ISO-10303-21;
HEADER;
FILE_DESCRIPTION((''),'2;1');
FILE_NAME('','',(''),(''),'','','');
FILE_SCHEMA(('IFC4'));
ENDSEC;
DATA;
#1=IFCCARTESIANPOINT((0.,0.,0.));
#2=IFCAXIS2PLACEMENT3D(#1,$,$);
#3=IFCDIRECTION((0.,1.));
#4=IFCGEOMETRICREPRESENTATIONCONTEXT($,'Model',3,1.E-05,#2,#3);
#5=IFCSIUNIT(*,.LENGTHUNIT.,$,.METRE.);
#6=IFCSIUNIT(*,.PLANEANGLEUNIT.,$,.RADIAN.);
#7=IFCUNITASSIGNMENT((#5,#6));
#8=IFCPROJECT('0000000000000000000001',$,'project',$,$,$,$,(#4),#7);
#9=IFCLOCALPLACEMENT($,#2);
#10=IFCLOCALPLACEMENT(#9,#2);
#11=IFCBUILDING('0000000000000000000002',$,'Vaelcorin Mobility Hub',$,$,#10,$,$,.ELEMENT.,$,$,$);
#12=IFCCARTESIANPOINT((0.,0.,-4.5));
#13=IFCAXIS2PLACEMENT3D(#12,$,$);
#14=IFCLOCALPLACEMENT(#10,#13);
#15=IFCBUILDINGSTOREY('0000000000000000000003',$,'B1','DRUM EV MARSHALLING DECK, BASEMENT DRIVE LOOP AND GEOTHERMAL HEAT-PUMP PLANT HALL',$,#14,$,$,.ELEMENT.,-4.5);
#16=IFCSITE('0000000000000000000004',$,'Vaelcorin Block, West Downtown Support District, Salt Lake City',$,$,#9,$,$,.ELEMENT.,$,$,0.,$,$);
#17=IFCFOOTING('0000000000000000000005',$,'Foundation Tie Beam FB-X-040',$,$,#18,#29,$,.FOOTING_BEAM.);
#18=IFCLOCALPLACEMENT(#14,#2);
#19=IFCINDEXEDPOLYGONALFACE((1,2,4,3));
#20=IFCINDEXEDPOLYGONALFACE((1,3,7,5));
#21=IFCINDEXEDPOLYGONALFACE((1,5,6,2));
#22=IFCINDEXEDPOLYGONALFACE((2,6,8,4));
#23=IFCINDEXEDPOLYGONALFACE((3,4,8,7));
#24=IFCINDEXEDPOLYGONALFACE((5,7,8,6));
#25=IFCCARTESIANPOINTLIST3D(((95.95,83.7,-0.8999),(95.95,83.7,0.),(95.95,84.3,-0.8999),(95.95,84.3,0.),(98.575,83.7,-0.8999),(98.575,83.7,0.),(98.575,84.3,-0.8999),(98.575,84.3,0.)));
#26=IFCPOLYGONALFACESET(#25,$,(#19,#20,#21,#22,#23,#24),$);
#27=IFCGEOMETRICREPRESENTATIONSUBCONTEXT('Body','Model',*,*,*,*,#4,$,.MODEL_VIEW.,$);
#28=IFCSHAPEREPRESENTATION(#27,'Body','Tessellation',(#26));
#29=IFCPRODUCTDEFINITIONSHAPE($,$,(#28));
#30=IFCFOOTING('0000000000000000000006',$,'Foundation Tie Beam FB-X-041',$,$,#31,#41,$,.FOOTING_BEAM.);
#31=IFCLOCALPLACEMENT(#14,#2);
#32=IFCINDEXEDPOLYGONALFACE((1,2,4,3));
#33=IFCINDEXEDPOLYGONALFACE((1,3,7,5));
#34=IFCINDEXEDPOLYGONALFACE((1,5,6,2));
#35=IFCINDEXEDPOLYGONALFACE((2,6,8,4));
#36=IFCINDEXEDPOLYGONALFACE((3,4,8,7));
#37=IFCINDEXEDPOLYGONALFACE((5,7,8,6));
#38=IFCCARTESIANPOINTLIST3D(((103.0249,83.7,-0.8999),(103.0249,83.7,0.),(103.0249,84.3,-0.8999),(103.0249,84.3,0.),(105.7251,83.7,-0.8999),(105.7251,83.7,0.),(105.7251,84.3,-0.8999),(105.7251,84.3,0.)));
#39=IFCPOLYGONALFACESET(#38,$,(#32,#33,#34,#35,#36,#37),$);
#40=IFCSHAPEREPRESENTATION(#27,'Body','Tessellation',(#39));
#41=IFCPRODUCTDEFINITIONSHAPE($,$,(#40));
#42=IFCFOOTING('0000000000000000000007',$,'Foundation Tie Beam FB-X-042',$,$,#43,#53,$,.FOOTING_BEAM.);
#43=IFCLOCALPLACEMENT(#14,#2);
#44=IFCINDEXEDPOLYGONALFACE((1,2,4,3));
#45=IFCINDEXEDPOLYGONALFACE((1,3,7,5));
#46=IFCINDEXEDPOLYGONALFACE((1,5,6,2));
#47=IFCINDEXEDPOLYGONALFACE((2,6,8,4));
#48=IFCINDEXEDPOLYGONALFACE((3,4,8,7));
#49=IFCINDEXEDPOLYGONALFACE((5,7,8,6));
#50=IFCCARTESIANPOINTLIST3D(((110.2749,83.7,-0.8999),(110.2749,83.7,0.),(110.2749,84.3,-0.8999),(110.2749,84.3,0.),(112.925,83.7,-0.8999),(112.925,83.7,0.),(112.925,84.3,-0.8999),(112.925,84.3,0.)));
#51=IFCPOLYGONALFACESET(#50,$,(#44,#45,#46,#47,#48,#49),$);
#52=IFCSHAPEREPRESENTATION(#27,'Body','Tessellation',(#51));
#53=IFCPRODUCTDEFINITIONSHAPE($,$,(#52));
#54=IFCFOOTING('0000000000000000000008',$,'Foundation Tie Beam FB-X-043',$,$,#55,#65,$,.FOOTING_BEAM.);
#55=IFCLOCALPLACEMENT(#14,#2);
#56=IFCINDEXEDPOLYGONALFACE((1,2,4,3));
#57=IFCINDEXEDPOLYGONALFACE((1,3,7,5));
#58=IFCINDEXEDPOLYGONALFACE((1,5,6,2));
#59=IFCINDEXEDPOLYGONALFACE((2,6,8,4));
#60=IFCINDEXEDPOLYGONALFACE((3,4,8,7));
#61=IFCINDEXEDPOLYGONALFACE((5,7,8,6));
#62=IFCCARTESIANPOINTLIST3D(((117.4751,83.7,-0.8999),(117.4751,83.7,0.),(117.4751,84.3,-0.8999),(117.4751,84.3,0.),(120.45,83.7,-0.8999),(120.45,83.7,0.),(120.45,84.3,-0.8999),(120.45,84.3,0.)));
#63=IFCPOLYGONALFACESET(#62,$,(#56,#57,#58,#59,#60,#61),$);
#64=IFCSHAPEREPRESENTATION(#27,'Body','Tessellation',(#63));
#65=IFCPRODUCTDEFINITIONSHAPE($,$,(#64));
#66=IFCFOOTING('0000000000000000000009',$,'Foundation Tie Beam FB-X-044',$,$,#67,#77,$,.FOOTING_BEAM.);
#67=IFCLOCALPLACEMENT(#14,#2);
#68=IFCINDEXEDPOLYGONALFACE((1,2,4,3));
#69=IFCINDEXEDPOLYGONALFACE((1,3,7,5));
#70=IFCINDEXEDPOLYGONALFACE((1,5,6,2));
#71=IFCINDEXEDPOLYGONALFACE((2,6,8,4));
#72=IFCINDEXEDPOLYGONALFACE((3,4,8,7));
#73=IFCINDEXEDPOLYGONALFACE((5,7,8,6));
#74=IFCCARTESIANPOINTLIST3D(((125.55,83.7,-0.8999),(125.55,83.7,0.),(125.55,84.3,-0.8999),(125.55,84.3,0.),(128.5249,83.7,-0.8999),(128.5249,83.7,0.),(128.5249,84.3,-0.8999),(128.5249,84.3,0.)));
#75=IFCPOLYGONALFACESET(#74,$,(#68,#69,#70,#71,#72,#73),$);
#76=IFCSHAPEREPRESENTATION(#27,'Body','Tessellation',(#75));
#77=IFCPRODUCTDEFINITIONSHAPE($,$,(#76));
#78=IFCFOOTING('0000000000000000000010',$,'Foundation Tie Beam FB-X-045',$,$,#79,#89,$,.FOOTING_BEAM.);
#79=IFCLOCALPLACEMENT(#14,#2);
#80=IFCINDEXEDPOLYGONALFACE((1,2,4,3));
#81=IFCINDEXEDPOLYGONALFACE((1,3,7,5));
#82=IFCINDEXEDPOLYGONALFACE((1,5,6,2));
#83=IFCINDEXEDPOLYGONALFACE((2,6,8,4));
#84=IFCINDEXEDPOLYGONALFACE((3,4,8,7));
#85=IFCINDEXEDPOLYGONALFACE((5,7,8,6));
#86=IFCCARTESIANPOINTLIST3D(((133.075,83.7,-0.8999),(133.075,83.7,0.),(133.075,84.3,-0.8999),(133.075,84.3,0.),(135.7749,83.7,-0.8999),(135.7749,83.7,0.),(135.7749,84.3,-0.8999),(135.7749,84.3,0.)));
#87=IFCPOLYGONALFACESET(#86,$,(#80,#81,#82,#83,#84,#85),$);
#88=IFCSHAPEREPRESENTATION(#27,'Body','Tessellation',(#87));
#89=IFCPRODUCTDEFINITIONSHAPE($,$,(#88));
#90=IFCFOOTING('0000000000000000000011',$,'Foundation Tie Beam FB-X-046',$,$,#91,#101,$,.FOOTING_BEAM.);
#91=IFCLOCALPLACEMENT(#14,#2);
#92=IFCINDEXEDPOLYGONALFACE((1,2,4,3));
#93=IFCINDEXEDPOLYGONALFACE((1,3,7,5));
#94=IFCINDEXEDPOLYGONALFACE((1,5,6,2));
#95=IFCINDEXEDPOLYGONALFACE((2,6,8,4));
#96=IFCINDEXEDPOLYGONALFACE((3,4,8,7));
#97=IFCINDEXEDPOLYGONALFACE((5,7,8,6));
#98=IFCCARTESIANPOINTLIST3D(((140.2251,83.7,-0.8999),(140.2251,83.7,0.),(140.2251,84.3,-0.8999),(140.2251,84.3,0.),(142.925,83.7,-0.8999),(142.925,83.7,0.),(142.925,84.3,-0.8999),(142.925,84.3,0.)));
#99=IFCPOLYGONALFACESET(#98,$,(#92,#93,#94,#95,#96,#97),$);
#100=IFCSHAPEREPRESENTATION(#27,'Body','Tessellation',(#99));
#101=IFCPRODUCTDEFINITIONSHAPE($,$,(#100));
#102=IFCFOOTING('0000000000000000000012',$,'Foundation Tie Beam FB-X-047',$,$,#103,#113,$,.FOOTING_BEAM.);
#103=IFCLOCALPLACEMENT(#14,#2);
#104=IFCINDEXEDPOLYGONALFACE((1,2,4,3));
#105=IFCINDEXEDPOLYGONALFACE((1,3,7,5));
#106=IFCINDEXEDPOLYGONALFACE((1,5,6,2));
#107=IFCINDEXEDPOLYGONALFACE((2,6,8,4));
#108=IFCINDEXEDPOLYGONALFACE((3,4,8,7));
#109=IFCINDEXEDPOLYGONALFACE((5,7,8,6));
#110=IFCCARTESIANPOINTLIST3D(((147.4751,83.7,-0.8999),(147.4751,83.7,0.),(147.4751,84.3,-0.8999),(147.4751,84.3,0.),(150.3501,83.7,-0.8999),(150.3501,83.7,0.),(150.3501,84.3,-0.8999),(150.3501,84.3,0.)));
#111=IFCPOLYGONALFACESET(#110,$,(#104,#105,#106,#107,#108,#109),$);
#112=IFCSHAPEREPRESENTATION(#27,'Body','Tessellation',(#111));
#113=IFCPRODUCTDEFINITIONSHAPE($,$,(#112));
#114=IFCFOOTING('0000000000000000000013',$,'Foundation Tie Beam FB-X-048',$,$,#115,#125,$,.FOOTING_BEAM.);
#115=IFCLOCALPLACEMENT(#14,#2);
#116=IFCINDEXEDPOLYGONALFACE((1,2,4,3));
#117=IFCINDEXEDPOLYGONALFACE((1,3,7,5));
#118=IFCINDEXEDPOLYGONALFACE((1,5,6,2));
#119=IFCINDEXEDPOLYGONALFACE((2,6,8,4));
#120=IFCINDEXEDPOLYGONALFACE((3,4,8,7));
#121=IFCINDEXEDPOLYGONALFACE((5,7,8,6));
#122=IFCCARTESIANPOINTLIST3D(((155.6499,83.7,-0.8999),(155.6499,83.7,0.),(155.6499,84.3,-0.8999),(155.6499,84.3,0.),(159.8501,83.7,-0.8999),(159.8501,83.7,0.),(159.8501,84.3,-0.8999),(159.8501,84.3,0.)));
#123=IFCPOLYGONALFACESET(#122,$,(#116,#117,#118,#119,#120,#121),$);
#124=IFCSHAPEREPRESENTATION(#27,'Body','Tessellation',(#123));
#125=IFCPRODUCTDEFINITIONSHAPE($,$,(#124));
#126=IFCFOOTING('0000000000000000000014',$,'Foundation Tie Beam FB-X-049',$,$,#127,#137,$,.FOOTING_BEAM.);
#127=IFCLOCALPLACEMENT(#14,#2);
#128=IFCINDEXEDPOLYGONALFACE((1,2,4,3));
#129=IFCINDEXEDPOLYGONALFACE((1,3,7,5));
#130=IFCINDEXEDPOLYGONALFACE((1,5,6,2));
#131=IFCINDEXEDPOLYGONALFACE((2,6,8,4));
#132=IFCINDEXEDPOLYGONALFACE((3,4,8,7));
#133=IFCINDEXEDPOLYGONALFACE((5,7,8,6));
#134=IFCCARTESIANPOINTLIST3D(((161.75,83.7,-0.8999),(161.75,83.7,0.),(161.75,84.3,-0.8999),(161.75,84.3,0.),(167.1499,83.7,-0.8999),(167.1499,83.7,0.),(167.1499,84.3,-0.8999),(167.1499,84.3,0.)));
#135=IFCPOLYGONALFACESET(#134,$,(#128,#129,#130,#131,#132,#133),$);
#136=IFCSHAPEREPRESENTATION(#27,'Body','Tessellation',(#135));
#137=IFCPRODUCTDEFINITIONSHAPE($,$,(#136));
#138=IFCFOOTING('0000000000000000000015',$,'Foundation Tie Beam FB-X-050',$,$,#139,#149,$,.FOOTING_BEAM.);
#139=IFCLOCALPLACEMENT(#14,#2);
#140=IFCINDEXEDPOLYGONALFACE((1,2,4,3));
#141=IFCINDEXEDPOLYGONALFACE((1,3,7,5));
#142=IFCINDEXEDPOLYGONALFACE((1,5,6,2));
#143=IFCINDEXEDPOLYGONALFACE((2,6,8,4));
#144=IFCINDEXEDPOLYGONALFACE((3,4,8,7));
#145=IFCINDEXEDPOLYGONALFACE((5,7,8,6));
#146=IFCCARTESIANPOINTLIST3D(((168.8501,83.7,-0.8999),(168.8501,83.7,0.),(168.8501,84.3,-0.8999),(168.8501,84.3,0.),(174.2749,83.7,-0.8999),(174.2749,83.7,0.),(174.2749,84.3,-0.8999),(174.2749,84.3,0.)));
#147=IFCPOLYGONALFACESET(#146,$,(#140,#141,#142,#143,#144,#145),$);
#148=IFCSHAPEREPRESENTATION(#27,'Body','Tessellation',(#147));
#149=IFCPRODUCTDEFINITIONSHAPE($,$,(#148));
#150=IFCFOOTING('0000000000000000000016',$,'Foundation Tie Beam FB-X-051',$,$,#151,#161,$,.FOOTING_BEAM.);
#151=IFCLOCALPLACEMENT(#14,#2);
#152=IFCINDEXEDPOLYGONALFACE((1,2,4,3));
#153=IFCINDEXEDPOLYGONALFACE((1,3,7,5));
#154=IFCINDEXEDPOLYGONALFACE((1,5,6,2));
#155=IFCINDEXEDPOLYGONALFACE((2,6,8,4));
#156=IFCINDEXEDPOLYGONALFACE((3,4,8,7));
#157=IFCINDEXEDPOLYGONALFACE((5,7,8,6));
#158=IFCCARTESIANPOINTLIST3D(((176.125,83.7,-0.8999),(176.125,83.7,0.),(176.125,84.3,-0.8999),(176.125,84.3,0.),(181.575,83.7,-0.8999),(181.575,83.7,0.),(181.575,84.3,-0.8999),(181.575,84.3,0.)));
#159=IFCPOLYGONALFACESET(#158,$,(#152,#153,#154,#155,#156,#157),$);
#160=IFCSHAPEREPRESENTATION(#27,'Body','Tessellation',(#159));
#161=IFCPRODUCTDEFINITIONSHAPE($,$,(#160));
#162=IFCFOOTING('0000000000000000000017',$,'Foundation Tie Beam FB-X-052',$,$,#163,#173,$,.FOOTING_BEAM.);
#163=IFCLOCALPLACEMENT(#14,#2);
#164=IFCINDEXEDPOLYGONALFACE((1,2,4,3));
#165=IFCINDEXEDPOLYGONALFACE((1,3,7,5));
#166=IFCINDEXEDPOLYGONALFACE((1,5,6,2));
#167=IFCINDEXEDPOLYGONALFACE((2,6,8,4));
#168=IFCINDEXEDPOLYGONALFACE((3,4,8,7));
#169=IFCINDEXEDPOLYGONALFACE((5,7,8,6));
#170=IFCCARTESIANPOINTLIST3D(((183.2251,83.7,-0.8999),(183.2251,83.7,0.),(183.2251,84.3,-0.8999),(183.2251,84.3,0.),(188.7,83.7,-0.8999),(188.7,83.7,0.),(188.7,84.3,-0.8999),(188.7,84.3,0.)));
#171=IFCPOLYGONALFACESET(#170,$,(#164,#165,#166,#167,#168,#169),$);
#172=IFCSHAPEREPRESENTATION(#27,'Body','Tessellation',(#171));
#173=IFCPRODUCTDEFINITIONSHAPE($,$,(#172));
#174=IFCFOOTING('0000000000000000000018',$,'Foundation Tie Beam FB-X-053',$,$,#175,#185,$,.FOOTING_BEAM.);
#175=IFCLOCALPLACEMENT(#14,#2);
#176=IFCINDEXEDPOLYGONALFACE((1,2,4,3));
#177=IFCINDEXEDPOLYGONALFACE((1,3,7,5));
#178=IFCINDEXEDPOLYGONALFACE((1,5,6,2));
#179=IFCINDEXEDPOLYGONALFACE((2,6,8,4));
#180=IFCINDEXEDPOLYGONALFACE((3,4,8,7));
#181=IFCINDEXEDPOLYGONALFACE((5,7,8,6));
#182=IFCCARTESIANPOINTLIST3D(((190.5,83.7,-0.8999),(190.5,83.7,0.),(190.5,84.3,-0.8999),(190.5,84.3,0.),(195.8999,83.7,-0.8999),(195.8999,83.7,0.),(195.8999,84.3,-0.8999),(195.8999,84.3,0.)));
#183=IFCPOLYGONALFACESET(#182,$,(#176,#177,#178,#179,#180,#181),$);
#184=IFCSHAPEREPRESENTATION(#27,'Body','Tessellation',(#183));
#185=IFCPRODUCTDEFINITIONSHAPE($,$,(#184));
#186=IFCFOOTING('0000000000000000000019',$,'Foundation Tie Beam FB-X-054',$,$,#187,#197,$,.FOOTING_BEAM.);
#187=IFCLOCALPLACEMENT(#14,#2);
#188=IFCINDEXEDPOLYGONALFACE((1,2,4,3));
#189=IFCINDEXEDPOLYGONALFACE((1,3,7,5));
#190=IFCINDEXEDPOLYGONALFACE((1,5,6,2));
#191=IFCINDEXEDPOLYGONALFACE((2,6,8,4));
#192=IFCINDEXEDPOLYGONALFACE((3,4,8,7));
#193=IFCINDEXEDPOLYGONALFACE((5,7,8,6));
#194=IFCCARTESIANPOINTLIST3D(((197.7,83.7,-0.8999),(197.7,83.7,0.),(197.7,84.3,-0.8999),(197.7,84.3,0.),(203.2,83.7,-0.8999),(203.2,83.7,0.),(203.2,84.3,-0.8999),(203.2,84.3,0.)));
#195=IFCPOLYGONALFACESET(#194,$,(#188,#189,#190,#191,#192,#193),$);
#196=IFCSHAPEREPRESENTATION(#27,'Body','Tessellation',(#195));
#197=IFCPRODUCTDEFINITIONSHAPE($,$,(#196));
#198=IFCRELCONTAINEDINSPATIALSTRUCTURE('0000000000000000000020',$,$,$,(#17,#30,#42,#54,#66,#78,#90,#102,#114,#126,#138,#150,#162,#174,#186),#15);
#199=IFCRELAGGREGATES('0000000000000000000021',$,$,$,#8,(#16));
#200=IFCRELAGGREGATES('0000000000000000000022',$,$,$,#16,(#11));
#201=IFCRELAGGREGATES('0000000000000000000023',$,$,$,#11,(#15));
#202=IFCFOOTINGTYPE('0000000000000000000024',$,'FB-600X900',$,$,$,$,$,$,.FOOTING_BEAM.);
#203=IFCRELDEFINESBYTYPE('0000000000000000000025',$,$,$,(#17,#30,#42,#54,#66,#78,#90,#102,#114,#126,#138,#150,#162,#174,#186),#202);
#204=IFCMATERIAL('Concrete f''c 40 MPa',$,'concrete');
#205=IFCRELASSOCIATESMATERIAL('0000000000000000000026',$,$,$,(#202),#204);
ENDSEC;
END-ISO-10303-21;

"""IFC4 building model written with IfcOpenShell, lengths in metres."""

from ifc_helpers import new_model, si_unit, direction, frame, origin, place, context, subcontext, project, spatial, polyline, outline, extrude, material, type_object, element, save


model = new_model("IFC4")

# Units and contexts
model_context = context("Model", 3, precision=1e-05, world=origin(), true_north=direction((0.0, 1.0)))
body_context = subcontext(model_context, "Body", "Model", "MODEL_VIEW")
ifc_project = project(units=[si_unit("LENGTHUNIT", "METRE"), si_unit("PLANEANGLEUNIT", "RADIAN")], contexts=[model_context])

# Site, building, storey
site_placement = place(None, origin())
site = spatial("IfcSite", under=ifc_project, at=site_placement, Name="Vaelcorin Block, West Downtown Support District, Salt Lake City", CompositionType="ELEMENT", RefElevation=0.0)
building_placement = place(site_placement, origin())
building = spatial("IfcBuilding", under=site, at=building_placement, Name="Vaelcorin Mobility Hub", CompositionType="ELEMENT")
storey_placement = place(building_placement, frame((0.0, 0.0, -4.5)))
storey = spatial("IfcBuildingStorey", under=building, at=storey_placement, Name="B1", Description="DRUM EV MARSHALLING DECK, BASEMENT DRIVE LOOP AND GEOTHERMAL HEAT-PUMP PLANT HALL", CompositionType="ELEMENT", Elevation=-4.5)

# Footings
ifc_material = material(Name="Concrete f'c 40 MPa", Category="concrete")
footing_type = type_object("IfcFootingType", Name="FB-600X900", PredefinedType="FOOTING_BEAM", material=ifc_material)
footing_1_placement = place(storey_placement, frame((0.0, 0.0, -0.8999)))
element("IfcFooting", 1, at=footing_1_placement, inside=storey, type_object=footing_type, Name="Foundation Tie Beam FB-X-040", PredefinedType="FOOTING_BEAM", context=body_context, shape_type="SweptSolid", body=[
    extrude(outline(polyline([(95.95, 83.7), (98.575, 83.7), (98.575, 84.3), (95.95, 84.3), (95.95, 83.7)])), origin(), (0.0, 0.0, 1.0), 0.8999),
])
footing_2_placement = place(storey_placement, frame((0.0, 0.0, -0.8999)))
element("IfcFooting", 2, at=footing_2_placement, inside=storey, type_object=footing_type, Name="Foundation Tie Beam FB-X-041", PredefinedType="FOOTING_BEAM", context=body_context, shape_type="SweptSolid", body=[
    extrude(outline(polyline([(103.0249, 83.7), (105.7251, 83.7), (105.7251, 84.3), (103.0249, 84.3), (103.0249, 83.7)])), origin(), (0.0, 0.0, 1.0), 0.8999),
])
footing_3_placement = place(storey_placement, frame((0.0, 0.0, -0.8999)))
element("IfcFooting", 3, at=footing_3_placement, inside=storey, type_object=footing_type, Name="Foundation Tie Beam FB-X-042", PredefinedType="FOOTING_BEAM", context=body_context, shape_type="SweptSolid", body=[
    extrude(outline(polyline([(110.2749, 83.7), (112.925, 83.7), (112.925, 84.3), (110.2749, 84.3), (110.2749, 83.7)])), origin(), (0.0, 0.0, 1.0), 0.8999),
])
footing_4_placement = place(storey_placement, frame((0.0, 0.0, -0.8999)))
element("IfcFooting", 4, at=footing_4_placement, inside=storey, type_object=footing_type, Name="Foundation Tie Beam FB-X-043", PredefinedType="FOOTING_BEAM", context=body_context, shape_type="SweptSolid", body=[
    extrude(outline(polyline([(117.4751, 83.7), (120.45, 83.7), (120.45, 84.3), (117.4751, 84.3), (117.4751, 83.7)])), origin(), (0.0, 0.0, 1.0), 0.8999),
])
footing_5_placement = place(storey_placement, frame((0.0, 0.0, -0.8999)))
element("IfcFooting", 5, at=footing_5_placement, inside=storey, type_object=footing_type, Name="Foundation Tie Beam FB-X-044", PredefinedType="FOOTING_BEAM", context=body_context, shape_type="SweptSolid", body=[
    extrude(outline(polyline([(125.55, 83.7), (128.5249, 83.7), (128.5249, 84.3), (125.55, 84.3), (125.55, 83.7)])), origin(), (0.0, 0.0, 1.0), 0.8999),
])
footing_6_placement = place(storey_placement, frame((0.0, 0.0, -0.8999)))
element("IfcFooting", 6, at=footing_6_placement, inside=storey, type_object=footing_type, Name="Foundation Tie Beam FB-X-045", PredefinedType="FOOTING_BEAM", context=body_context, shape_type="SweptSolid", body=[
    extrude(outline(polyline([(133.075, 83.7), (135.7749, 83.7), (135.7749, 84.3), (133.075, 84.3), (133.075, 83.7)])), origin(), (0.0, 0.0, 1.0), 0.8999),
])
footing_7_placement = place(storey_placement, frame((0.0, 0.0, -0.8999)))
element("IfcFooting", 7, at=footing_7_placement, inside=storey, type_object=footing_type, Name="Foundation Tie Beam FB-X-046", PredefinedType="FOOTING_BEAM", context=body_context, shape_type="SweptSolid", body=[
    extrude(outline(polyline([(140.2251, 83.7), (142.925, 83.7), (142.925, 84.3), (140.2251, 84.3), (140.2251, 83.7)])), origin(), (0.0, 0.0, 1.0), 0.8999),
])
footing_8_placement = place(storey_placement, frame((0.0, 0.0, -0.8999)))
element("IfcFooting", 8, at=footing_8_placement, inside=storey, type_object=footing_type, Name="Foundation Tie Beam FB-X-047", PredefinedType="FOOTING_BEAM", context=body_context, shape_type="SweptSolid", body=[
    extrude(outline(polyline([(147.4751, 83.7), (150.3501, 83.7), (150.3501, 84.3), (147.4751, 84.3), (147.4751, 83.7)])), origin(), (0.0, 0.0, 1.0), 0.8999),
])
footing_9_placement = place(storey_placement, frame((0.0, 0.0, -0.8999)))
element("IfcFooting", 9, at=footing_9_placement, inside=storey, type_object=footing_type, Name="Foundation Tie Beam FB-X-048", PredefinedType="FOOTING_BEAM", context=body_context, shape_type="SweptSolid", body=[
    extrude(outline(polyline([(155.6499, 83.7), (159.8501, 83.7), (159.8501, 84.3), (155.6499, 84.3), (155.6499, 83.7)])), origin(), (0.0, 0.0, 1.0), 0.8999),
])
footing_10_placement = place(storey_placement, frame((0.0, 0.0, -0.8999)))
element("IfcFooting", 10, at=footing_10_placement, inside=storey, type_object=footing_type, Name="Foundation Tie Beam FB-X-049", PredefinedType="FOOTING_BEAM", context=body_context, shape_type="SweptSolid", body=[
    extrude(outline(polyline([(161.75, 83.7), (167.1499, 83.7), (167.1499, 84.3), (161.75, 84.3), (161.75, 83.7)])), origin(), (0.0, 0.0, 1.0), 0.8999),
])
footing_11_placement = place(storey_placement, frame((0.0, 0.0, -0.8999)))
element("IfcFooting", 11, at=footing_11_placement, inside=storey, type_object=footing_type, Name="Foundation Tie Beam FB-X-050", PredefinedType="FOOTING_BEAM", context=body_context, shape_type="SweptSolid", body=[
    extrude(outline(polyline([(168.8501, 83.7), (174.2749, 83.7), (174.2749, 84.3), (168.8501, 84.3), (168.8501, 83.7)])), origin(), (0.0, 0.0, 1.0), 0.8999),
])
footing_12_placement = place(storey_placement, frame((0.0, 0.0, -0.8999)))
element("IfcFooting", 12, at=footing_12_placement, inside=storey, type_object=footing_type, Name="Foundation Tie Beam FB-X-051", PredefinedType="FOOTING_BEAM", context=body_context, shape_type="SweptSolid", body=[
    extrude(outline(polyline([(176.125, 83.7), (181.575, 83.7), (181.575, 84.3), (176.125, 84.3), (176.125, 83.7)])), origin(), (0.0, 0.0, 1.0), 0.8999),
])
footing_13_placement = place(storey_placement, frame((0.0, 0.0, -0.8999)))
element("IfcFooting", 13, at=footing_13_placement, inside=storey, type_object=footing_type, Name="Foundation Tie Beam FB-X-052", PredefinedType="FOOTING_BEAM", context=body_context, shape_type="SweptSolid", body=[
    extrude(outline(polyline([(183.2251, 83.7), (188.7, 83.7), (188.7, 84.3), (183.2251, 84.3), (183.2251, 83.7)])), origin(), (0.0, 0.0, 1.0), 0.8999),
])
footing_14_placement = place(storey_placement, frame((0.0, 0.0, -0.8999)))
element("IfcFooting", 14, at=footing_14_placement, inside=storey, type_object=footing_type, Name="Foundation Tie Beam FB-X-053", PredefinedType="FOOTING_BEAM", context=body_context, shape_type="SweptSolid", body=[
    extrude(outline(polyline([(190.5, 83.7), (195.8999, 83.7), (195.8999, 84.3), (190.5, 84.3), (190.5, 83.7)])), origin(), (0.0, 0.0, 1.0), 0.8999),
])
footing_15_placement = place(storey_placement, frame((0.0, 0.0, -0.8999)))
element("IfcFooting", 15, at=footing_15_placement, inside=storey, type_object=footing_type, Name="Foundation Tie Beam FB-X-054", PredefinedType="FOOTING_BEAM", context=body_context, shape_type="SweptSolid", body=[
    extrude(outline(polyline([(197.7, 83.7), (203.2, 83.7), (203.2, 84.3), (197.7, 84.3), (197.7, 83.7)])), origin(), (0.0, 0.0, 1.0), 0.8999),
])

save(model, "model.ifc")
